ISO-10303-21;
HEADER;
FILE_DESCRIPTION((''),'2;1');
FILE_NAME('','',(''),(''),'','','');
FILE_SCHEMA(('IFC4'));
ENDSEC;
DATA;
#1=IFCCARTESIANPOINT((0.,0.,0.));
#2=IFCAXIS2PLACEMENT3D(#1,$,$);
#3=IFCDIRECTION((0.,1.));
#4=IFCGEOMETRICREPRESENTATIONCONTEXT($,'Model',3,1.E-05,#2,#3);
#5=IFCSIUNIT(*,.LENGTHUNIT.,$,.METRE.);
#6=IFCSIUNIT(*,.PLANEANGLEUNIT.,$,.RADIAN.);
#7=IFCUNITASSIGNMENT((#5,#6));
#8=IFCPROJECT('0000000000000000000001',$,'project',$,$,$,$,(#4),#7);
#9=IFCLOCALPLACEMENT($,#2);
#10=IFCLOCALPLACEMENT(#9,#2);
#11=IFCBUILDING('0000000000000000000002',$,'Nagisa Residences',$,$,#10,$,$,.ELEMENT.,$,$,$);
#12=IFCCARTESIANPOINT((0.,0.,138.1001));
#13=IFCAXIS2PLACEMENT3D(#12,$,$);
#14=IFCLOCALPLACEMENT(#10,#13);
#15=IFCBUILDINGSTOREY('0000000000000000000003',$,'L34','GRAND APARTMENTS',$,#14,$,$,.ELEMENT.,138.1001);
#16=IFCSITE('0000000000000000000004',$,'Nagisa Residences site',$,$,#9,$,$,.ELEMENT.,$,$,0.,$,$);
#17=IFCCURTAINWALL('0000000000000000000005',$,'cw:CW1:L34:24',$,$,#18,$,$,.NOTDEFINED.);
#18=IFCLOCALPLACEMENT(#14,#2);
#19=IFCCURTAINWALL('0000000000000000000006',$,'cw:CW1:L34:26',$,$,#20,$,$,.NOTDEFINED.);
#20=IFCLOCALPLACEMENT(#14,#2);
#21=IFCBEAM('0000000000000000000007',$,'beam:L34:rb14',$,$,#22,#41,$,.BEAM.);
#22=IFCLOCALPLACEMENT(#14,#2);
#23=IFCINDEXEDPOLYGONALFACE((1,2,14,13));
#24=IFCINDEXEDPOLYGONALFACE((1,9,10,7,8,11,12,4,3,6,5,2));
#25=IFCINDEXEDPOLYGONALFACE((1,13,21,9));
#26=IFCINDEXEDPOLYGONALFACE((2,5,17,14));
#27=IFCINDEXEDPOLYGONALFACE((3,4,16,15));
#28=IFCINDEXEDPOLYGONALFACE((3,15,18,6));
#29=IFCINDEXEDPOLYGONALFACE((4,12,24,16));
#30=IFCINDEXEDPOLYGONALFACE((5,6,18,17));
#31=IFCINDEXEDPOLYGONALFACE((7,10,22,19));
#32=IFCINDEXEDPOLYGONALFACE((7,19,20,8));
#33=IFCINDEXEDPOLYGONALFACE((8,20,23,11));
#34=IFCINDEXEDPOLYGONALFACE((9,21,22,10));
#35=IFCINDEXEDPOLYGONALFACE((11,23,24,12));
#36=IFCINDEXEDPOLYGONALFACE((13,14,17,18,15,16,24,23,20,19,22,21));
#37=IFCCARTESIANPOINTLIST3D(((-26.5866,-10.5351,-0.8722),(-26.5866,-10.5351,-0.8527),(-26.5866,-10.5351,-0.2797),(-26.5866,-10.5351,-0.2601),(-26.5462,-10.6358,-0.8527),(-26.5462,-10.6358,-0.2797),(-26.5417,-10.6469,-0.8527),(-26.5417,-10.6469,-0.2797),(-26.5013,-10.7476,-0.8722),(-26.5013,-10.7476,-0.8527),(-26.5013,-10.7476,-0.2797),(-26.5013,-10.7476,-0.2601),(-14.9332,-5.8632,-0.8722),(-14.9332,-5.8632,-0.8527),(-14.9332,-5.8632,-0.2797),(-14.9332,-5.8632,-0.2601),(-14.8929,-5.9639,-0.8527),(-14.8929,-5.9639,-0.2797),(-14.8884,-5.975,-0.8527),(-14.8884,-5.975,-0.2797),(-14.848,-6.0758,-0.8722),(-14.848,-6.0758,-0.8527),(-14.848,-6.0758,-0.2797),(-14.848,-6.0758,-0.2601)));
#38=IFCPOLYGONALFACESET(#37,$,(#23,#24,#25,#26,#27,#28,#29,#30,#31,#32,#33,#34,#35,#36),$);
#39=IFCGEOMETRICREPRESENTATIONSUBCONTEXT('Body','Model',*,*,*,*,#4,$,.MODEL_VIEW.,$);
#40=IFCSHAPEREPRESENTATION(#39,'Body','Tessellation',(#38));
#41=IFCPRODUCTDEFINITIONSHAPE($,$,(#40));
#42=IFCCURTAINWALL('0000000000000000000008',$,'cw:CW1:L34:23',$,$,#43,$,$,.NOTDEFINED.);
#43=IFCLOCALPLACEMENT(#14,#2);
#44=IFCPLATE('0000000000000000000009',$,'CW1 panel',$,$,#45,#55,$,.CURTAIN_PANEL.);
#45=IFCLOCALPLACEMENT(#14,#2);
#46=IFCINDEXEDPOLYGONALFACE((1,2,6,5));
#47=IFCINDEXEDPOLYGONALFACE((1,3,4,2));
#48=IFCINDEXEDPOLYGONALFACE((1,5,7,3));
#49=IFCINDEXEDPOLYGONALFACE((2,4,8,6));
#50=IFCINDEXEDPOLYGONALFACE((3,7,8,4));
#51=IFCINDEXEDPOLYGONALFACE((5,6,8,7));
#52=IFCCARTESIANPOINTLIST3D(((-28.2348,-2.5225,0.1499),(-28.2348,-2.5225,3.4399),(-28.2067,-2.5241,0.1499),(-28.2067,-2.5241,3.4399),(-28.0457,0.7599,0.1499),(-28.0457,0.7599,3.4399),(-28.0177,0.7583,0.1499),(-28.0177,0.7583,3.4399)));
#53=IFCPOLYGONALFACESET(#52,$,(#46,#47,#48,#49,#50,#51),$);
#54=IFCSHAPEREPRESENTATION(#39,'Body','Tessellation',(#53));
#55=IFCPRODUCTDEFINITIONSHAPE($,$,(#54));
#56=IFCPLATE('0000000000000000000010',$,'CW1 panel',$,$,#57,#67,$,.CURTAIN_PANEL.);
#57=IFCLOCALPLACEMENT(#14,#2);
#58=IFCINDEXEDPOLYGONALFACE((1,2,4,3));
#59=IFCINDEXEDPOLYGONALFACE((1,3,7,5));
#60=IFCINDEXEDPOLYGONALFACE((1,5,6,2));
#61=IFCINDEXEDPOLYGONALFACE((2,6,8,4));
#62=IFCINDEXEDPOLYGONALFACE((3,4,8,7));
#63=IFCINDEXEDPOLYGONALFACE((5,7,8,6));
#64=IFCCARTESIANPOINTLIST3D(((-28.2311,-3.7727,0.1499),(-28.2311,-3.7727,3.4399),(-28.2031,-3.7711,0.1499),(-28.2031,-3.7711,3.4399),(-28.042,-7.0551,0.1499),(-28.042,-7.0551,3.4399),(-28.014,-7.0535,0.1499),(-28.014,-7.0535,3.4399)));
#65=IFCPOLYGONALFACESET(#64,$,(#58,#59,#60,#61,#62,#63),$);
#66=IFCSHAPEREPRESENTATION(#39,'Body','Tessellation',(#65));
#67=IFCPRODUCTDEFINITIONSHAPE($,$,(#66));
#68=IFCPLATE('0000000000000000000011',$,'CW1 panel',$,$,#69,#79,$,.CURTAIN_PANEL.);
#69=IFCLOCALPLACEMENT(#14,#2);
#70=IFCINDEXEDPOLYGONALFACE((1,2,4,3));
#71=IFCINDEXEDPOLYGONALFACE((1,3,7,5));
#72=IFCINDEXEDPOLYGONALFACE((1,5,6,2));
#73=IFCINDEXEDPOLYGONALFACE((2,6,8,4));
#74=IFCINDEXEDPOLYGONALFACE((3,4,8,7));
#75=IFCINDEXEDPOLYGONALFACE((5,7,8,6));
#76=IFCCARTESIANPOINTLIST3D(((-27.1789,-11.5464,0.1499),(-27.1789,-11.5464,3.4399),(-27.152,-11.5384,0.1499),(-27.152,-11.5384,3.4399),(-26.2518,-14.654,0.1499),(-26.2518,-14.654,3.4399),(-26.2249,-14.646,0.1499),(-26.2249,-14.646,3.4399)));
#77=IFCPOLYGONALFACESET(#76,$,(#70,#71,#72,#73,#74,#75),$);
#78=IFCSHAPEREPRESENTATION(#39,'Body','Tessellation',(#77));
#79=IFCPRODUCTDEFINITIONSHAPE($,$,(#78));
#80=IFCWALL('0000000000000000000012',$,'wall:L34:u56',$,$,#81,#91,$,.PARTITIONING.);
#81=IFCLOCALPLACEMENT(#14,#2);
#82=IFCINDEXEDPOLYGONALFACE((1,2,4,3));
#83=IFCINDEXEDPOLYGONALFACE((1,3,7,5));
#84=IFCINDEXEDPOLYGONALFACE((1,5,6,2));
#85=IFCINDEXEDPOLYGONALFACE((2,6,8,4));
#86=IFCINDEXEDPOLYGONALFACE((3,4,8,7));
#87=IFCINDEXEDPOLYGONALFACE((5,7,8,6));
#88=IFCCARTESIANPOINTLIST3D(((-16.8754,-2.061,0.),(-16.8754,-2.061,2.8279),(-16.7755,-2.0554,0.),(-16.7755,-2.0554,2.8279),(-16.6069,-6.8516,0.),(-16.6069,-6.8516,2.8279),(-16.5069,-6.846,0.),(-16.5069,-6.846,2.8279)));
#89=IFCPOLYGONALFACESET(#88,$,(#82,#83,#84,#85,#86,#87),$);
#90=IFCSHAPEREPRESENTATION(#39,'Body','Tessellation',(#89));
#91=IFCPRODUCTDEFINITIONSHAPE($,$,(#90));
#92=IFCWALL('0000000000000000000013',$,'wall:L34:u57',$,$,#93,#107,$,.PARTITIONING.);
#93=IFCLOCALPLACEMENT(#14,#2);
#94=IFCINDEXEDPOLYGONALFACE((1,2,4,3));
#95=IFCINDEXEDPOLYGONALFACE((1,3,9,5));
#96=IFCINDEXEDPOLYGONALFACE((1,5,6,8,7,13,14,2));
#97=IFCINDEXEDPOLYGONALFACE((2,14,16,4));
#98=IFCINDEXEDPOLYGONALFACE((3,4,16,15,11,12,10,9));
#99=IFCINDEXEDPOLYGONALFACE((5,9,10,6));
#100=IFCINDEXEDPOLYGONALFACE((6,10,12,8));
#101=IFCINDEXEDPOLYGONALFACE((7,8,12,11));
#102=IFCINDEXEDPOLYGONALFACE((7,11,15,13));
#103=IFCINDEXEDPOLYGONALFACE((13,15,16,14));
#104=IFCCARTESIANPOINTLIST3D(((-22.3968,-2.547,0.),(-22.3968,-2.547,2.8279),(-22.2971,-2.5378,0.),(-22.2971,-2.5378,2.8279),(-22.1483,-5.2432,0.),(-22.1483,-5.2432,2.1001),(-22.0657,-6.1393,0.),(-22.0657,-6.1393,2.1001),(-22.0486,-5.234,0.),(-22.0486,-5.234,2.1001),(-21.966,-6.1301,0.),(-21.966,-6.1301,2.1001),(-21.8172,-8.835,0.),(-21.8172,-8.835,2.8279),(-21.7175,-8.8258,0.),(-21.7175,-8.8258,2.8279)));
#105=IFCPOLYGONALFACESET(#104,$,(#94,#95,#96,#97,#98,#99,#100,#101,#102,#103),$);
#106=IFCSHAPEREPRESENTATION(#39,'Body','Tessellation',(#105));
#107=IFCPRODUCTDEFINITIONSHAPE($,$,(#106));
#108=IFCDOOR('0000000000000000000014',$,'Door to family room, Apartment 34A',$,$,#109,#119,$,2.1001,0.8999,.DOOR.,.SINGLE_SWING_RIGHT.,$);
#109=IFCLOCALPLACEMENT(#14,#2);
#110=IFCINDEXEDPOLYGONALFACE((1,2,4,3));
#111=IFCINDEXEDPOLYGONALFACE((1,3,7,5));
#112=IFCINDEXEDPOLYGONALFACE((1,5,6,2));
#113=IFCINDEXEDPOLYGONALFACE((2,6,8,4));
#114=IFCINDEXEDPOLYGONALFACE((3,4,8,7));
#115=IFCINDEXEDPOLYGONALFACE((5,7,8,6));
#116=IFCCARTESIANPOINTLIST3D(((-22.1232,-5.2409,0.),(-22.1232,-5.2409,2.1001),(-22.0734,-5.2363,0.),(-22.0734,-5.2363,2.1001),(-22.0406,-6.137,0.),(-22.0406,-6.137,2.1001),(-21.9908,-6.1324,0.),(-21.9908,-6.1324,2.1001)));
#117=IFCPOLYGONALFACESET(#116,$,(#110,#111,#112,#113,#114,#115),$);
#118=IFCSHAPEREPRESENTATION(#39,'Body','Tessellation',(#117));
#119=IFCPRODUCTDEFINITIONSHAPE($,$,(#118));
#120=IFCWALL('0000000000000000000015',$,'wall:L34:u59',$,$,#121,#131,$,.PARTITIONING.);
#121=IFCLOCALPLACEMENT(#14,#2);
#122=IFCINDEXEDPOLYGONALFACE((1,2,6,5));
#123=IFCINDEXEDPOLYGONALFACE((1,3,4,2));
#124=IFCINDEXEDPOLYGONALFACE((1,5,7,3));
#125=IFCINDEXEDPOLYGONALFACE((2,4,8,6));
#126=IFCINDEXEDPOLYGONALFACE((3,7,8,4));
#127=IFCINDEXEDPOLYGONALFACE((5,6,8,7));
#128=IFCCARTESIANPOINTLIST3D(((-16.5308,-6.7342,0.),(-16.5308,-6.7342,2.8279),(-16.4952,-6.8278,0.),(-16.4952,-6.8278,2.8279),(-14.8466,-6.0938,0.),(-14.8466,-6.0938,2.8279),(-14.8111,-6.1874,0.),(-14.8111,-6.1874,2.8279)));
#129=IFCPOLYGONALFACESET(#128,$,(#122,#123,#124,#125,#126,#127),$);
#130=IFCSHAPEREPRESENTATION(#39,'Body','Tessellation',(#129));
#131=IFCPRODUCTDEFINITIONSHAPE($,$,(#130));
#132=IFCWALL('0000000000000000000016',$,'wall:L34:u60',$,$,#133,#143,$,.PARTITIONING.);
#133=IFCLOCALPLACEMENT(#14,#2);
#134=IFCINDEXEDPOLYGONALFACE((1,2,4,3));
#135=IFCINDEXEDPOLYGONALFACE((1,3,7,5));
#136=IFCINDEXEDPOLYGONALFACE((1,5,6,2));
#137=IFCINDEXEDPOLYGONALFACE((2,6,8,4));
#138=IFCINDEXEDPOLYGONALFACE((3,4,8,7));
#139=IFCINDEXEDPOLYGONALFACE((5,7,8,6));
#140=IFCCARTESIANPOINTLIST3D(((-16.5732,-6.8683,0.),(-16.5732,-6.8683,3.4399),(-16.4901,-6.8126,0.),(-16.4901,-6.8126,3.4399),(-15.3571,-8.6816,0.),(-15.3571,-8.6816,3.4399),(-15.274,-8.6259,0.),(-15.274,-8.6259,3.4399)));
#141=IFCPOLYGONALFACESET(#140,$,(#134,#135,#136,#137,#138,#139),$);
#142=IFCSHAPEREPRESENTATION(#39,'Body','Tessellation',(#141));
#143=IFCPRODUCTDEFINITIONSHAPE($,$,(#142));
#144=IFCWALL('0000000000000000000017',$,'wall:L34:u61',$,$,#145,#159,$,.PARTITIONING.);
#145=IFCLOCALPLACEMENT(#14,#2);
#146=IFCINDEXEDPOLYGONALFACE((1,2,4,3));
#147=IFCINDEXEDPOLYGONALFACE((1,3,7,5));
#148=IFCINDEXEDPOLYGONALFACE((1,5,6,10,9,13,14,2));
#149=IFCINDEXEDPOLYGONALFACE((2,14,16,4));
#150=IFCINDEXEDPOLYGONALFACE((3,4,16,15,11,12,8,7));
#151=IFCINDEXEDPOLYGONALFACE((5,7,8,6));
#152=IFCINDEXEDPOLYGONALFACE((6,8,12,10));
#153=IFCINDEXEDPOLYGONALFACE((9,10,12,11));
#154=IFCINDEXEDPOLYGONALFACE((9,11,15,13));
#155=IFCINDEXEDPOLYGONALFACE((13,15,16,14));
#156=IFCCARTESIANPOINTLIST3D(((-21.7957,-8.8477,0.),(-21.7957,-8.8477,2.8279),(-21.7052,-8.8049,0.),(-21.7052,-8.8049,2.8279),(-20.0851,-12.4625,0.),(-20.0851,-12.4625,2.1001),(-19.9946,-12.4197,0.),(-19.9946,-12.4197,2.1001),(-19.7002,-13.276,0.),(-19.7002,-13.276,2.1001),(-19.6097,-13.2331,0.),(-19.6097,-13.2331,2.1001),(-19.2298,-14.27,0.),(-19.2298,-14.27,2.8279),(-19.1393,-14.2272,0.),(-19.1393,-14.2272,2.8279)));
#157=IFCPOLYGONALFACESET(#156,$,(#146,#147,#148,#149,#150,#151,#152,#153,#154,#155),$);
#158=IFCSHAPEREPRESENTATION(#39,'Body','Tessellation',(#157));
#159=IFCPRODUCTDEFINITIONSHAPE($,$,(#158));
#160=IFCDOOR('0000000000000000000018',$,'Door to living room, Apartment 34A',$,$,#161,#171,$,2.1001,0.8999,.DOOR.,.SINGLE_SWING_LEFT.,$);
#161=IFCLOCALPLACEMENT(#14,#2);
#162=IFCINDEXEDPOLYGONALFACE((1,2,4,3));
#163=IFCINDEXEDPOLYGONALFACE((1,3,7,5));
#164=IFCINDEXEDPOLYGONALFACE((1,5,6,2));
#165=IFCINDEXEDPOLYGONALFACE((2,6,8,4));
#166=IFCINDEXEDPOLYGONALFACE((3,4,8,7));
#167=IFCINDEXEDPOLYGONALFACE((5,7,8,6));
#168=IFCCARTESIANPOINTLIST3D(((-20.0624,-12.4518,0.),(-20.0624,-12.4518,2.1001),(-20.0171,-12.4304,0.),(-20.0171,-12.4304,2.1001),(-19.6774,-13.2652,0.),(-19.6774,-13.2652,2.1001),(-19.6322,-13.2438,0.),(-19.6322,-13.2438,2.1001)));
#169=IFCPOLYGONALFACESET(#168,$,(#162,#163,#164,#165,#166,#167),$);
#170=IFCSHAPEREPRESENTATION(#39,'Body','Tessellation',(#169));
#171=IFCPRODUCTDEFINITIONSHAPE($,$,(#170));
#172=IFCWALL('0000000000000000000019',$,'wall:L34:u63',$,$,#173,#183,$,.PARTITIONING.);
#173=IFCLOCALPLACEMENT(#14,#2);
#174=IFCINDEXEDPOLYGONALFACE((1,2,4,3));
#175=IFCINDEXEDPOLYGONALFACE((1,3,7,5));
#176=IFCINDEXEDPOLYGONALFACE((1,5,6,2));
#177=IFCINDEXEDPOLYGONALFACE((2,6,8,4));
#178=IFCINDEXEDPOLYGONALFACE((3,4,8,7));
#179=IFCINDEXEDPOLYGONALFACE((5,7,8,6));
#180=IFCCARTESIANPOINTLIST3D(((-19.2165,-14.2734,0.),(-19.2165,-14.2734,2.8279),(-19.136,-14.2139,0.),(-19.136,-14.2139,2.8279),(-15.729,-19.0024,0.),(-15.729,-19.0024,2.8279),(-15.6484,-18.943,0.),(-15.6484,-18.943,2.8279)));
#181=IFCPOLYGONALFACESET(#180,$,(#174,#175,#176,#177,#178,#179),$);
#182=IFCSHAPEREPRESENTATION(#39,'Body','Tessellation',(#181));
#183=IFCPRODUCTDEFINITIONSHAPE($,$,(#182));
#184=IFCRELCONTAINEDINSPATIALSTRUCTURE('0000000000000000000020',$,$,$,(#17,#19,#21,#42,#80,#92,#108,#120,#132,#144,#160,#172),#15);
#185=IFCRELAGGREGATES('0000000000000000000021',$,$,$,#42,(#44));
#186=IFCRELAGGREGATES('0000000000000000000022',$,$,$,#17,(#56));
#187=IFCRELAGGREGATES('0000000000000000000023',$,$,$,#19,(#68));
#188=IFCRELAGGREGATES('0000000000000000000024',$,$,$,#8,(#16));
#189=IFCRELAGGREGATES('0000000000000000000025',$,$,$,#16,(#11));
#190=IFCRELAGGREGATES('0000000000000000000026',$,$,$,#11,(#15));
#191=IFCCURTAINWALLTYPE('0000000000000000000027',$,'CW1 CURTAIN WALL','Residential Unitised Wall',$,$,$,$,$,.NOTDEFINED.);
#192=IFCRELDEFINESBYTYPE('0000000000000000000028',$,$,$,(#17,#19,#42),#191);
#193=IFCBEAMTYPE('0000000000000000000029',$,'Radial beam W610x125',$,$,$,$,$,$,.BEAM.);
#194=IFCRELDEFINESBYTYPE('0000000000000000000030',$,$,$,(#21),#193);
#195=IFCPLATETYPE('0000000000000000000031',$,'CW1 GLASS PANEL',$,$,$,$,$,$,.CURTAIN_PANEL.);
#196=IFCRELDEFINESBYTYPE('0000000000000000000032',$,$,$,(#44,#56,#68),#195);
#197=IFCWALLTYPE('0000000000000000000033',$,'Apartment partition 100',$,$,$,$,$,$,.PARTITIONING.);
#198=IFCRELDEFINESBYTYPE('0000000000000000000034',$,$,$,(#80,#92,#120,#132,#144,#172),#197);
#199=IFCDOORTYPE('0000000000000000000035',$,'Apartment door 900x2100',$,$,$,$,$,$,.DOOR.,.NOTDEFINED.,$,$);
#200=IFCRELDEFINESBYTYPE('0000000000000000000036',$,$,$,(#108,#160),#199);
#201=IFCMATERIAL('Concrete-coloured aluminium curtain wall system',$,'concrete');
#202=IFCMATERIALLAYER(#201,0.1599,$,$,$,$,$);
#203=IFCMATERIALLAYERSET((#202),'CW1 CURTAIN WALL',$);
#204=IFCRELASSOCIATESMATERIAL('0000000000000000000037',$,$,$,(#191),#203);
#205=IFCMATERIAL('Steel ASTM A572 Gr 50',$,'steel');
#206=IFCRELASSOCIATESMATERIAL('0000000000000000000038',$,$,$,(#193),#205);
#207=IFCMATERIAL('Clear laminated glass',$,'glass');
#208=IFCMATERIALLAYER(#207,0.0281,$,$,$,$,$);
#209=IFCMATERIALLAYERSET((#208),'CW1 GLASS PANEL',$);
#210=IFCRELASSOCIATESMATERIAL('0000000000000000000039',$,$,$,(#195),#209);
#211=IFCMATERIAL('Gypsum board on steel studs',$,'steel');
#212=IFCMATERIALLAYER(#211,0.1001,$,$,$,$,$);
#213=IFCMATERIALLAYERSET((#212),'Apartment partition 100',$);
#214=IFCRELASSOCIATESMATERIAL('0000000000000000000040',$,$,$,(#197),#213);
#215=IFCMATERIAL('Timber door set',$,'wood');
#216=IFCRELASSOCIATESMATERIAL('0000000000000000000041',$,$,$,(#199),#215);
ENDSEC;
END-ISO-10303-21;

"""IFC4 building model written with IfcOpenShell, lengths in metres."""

from ifc_helpers import new_model, si_unit, direction, frame, frame_2d, origin, origin_2d, place, context, subcontext, project, spatial, rectangle, i_section, extrude, material, layer, layer_set, material_profile, profile_set, type_object, element, fill, aggregate, save


model = new_model("IFC4")

# Units and contexts
model_context = context("Model", 3, precision=1e-05, world=origin(), true_north=direction((0.0, 1.0)))
body_context = subcontext(model_context, "Body", "Model", "MODEL_VIEW")
ifc_project = project(units=[si_unit("LENGTHUNIT", "METRE"), si_unit("PLANEANGLEUNIT", "RADIAN")], contexts=[model_context])

# Site, building, storey
site_placement = place(None, origin())
site = spatial("IfcSite", under=ifc_project, at=site_placement, Name="Nagisa Residences site", CompositionType="ELEMENT", RefElevation=0.0)
building_placement = place(site_placement, origin())
building = spatial("IfcBuilding", under=site, at=building_placement, Name="Nagisa Residences", CompositionType="ELEMENT")
storey_placement = place(building_placement, frame((0.0, 0.0, 138.1001)))
storey = spatial("IfcBuildingStorey", under=building, at=storey_placement, Name="L34", Description="GRAND APARTMENTS", CompositionType="ELEMENT", Elevation=138.1001)

# Curtain walls
ifc_material_1 = material(Name="Concrete-coloured aluminium curtain wall system", Category="concrete")
ifc_layer_1 = layer(ifc_material_1, 0.1599)
ifc_layer_set_1 = layer_set([ifc_layer_1], Name="CW1 CURTAIN WALL")
curtain_wall_type = type_object("IfcCurtainWallType", Name="CW1 CURTAIN WALL", Description="Residential Unitised Wall", PredefinedType="NOTDEFINED", material=ifc_layer_set_1)
curtain_wall_1_placement = place(storey_placement, origin())
curtain_wall_1 = element("IfcCurtainWall", 1, at=curtain_wall_1_placement, inside=storey, type_object=curtain_wall_type, Name="cw:CW1:L34:24", PredefinedType="NOTDEFINED")
curtain_wall_2_placement = place(storey_placement, origin())
curtain_wall_2 = element("IfcCurtainWall", 2, at=curtain_wall_2_placement, inside=storey, type_object=curtain_wall_type, Name="cw:CW1:L34:26", PredefinedType="NOTDEFINED")

# Beam
ifc_material_2 = material(Name="Steel ASTM A572 Gr 50", Category="steel")
ifc_material_profile_1 = material_profile(ifc_material_2, i_section(OverallWidth=0.229, OverallDepth=0.6121, WebThickness=0.012, FlangeThickness=0.0195, at=origin_2d()), Name="W610x125")
ifc_profile_set_1 = profile_set([ifc_material_profile_1], Name="Steel ASTM A572 Gr 50")
beam_type_1 = type_object("IfcBeamType", Name="Radial beam W610x125", PredefinedType="BEAM", material=ifc_profile_set_1)
beam_1_placement = place(storey_placement, frame((-26.5439, -10.6414, -0.5662), z_axis=(0.928187, 0.372115, 0.0), x_axis=(-0.372115, 0.928187, 0.0)))
element("IfcBeam", 3, at=beam_1_placement, inside=storey, type_object=beam_type_1, Name="beam:L34:rb14", PredefinedType="BEAM", context=body_context, shape_type="SweptSolid", body=[
    extrude(i_section(OverallWidth=0.229, OverallDepth=0.6121, WebThickness=0.012, FlangeThickness=0.0195, at=origin_2d()), origin(), (0.0, 0.0, 1.0), 12.5549),
])

# Curtain wall, plate
curtain_wall_3_placement = place(storey_placement, origin())
curtain_wall_3 = element("IfcCurtainWall", 4, at=curtain_wall_3_placement, inside=storey, type_object=curtain_wall_type, Name="cw:CW1:L34:23", PredefinedType="NOTDEFINED")
ifc_material_3 = material(Name="Clear laminated glass", Category="glass")
ifc_layer_2 = layer(ifc_material_3, 0.0281)
ifc_layer_set_2 = layer_set([ifc_layer_2], Name="CW1 GLASS PANEL")
plate_type = type_object("IfcPlateType", Name="CW1 GLASS PANEL", PredefinedType="CURTAIN_PANEL", material=ifc_layer_set_2)
plate_1_placement = place(storey_placement, frame((-28.1262, -0.8821, 0.1499), z_axis=(0.0, 0.0, 1.0), x_axis=(-0.057503, -0.998345, 0.0)))
plate_1 = element("IfcPlate", 5, at=plate_1_placement, type_object=plate_type, Name="CW1 panel", PredefinedType="CURTAIN_PANEL", context=body_context, shape_type="SweptSolid", body=[
    extrude(rectangle(XDim=3.2878, YDim=0.0281, at=origin_2d()), origin(), (0.0, 0.0, 1.0), 3.29),
])
aggregate(curtain_wall_3, [plate_1])

# Plates
plate_2_placement = place(storey_placement, frame((-28.1226, -5.4131, 0.1499), z_axis=(0.0, 0.0, 1.0), x_axis=(0.057503, -0.998345, 0.0)))
plate_2 = element("IfcPlate", 6, at=plate_2_placement, type_object=plate_type, Name="CW1 panel", PredefinedType="CURTAIN_PANEL", context=body_context, shape_type="SweptSolid", body=[
    extrude(rectangle(XDim=3.2878, YDim=0.0281, at=origin_2d()), origin(), (0.0, 0.0, 1.0), 3.29),
])
aggregate(curtain_wall_1, [plate_2])
plate_3_placement = place(storey_placement, frame((-26.7019, -13.0962, 0.1499), z_axis=(0.0, 0.0, 1.0), x_axis=(0.28586, -0.958271, 0.0)))
plate_3 = element("IfcPlate", 7, at=plate_3_placement, type_object=plate_type, Name="CW1 panel", PredefinedType="CURTAIN_PANEL", context=body_context, shape_type="SweptSolid", body=[
    extrude(rectangle(XDim=3.2429, YDim=0.0281, at=origin_2d()), origin(), (0.0, 0.0, 1.0), 3.29),
])
aggregate(curtain_wall_2, [plate_3])

# Wall
ifc_material_4 = material(Name="Gypsum board on steel studs", Category="steel")
ifc_layer_3 = layer(ifc_material_4, 0.1001)
ifc_layer_set_3 = layer_set([ifc_layer_3], Name="Apartment partition 100")
wall_type_1 = type_object("IfcWallType", Name="Apartment partition 100", PredefinedType="PARTITIONING", material=ifc_layer_set_3)
wall_1_placement = place(storey_placement, frame((-16.8254, -2.0583, 0.0), z_axis=(0.0, 0.0, 1.0), x_axis=(0.055972, -0.998432, 0.0)))
element("IfcWall", 8, at=wall_1_placement, inside=storey, type_object=wall_type_1, Name="wall:L34:u56", PredefinedType="PARTITIONING", context=body_context, shape_type="SweptSolid", body=[
    extrude(rectangle(XDim=4.7981, YDim=0.1001, at=frame_2d((2.3989, 0.0))), origin(), (0.0, 0.0, 1.0), 2.8279),
])

# Wall, opening, door
wall_2_placement = place(storey_placement, frame((-22.3469, -2.5425, 0.0), z_axis=(0.0, 0.0, 1.0), x_axis=(0.091784, -0.995779, 0.0)))
wall_2 = element("IfcWall", 9, at=wall_2_placement, inside=storey, type_object=wall_type_1, Name="wall:L34:u57", PredefinedType="PARTITIONING", context=body_context, shape_type="SweptSolid", body=[
    extrude(rectangle(XDim=6.3147, YDim=0.1001, at=frame_2d((3.1572, 0.0))), origin(), (0.0, 0.0, 1.0), 2.8279),
])
opening_1_placement = place(wall_2_placement, frame((2.7075, 0.0, 0.0)))
opening_1 = element("IfcOpeningElement", 10, at=opening_1_placement, cuts=wall_2, PredefinedType="OPENING", context=body_context, shape_type="SweptSolid", body=[
    extrude(rectangle(XDim=0.8999, YDim=2.1001, at=frame_2d((0.45, 1.05))), frame((0.0, 0.0601, 0.0), z_axis=(0.0, -1.0, 0.0), x_axis=(1.0, 0.0, 0.0)), (0.0, 0.0, 1.0), 0.1201),
])
ifc_material_5 = material(Name="Timber door set", Category="wood")
door_type_1 = type_object("IfcDoorType", Name="Apartment door 900x2100", OperationType="NOTDEFINED", PredefinedType="DOOR", material=ifc_material_5)
door_1_placement = place(opening_1_placement, frame((0.8999, 0.0, 0.0), x_axis=(-1.0, 0.0, 0.0)))
door_1 = element("IfcDoor", 11, at=door_1_placement, inside=storey, type_object=door_type_1, Name="Door to family room, Apartment 34A", OperationType="SINGLE_SWING_RIGHT", OverallHeight=2.1001, OverallWidth=0.8999, PredefinedType="DOOR", context=body_context, shape_type="SweptSolid", body=[
    extrude(rectangle(XDim=0.8999, YDim=2.1001, at=frame_2d((0.45, 1.05))), frame((0.0, 0.0249, 0.0), z_axis=(0.0, -1.0, 0.0), x_axis=(1.0, 0.0, 0.0)), (0.0, 0.0, 1.0), 0.05),
])
fill(opening_1, door_1)

# Walls
wall_3_placement = place(storey_placement, frame((-14.8289, -6.1406, 0.0), z_axis=(0.0, 0.0, 1.0), x_axis=(-0.934704, -0.355426, 0.0)))
element("IfcWall", 12, at=wall_3_placement, inside=storey, type_object=wall_type_1, Name="wall:L34:u59", PredefinedType="PARTITIONING", context=body_context, shape_type="SweptSolid", body=[
    extrude(rectangle(XDim=1.8018, YDim=0.1001, at=frame_2d((0.9009, 0.0))), origin(), (0.0, 0.0, 1.0), 2.8279),
])
wall_4_placement = place(storey_placement, frame((-16.5317, -6.8403, 0.0), z_axis=(0.0, 0.0, 1.0), x_axis=(0.556995, -0.830516, 0.0)))
element("IfcWall", 13, at=wall_4_placement, inside=storey, type_object=wall_type_1, Name="wall:L34:u60", PredefinedType="PARTITIONING", context=body_context, shape_type="SweptSolid", body=[
    extrude(rectangle(XDim=2.1833, YDim=0.1001, at=frame_2d((1.0918, 0.0))), origin(), (0.0, 0.0, 1.0), 3.4399),
])

# Wall, opening, door
wall_5_placement = place(storey_placement, frame((-21.7505, -8.8262, 0.0), z_axis=(0.0, 0.0, 1.0), x_axis=(0.427736, -0.903904, 0.0)))
wall_5 = element("IfcWall", 14, at=wall_5_placement, inside=storey, type_object=wall_type_1, Name="wall:L34:u61", PredefinedType="PARTITIONING", context=body_context, shape_type="SweptSolid", body=[
    extrude(rectangle(XDim=5.9988, YDim=0.1001, at=frame_2d((2.9995, 0.0))), origin(), (0.0, 0.0, 1.0), 2.8279),
])
opening_2_placement = place(wall_5_placement, frame((3.9993, 0.0, 0.0)))
opening_2 = element("IfcOpeningElement", 15, at=opening_2_placement, cuts=wall_5, PredefinedType="OPENING", context=body_context, shape_type="SweptSolid", body=[
    extrude(rectangle(XDim=0.8999, YDim=2.1001, at=frame_2d((0.45, 1.05))), frame((0.0, 0.0601, 0.0), z_axis=(0.0, -1.0, 0.0), x_axis=(1.0, 0.0, 0.0)), (0.0, 0.0, 1.0), 0.1201),
])
door_2_placement = place(opening_2_placement, frame((0.8999, 0.0, 0.0), x_axis=(-1.0, 0.0, 0.0)))
door_2 = element("IfcDoor", 16, at=door_2_placement, inside=storey, type_object=door_type_1, Name="Door to living room, Apartment 34A", OperationType="SINGLE_SWING_LEFT", OverallHeight=2.1001, OverallWidth=0.8999, PredefinedType="DOOR", context=body_context, shape_type="SweptSolid", body=[
    extrude(rectangle(XDim=0.8999, YDim=2.1001, at=frame_2d((0.45, 1.05))), frame((0.0, 0.0249, 0.0), z_axis=(0.0, -1.0, 0.0), x_axis=(1.0, 0.0, 0.0)), (0.0, 0.0, 1.0), 0.05),
])
fill(opening_2, door_2)

# Wall
wall_6_placement = place(storey_placement, frame((-19.1763, -14.2437, 0.0), z_axis=(0.0, 0.0, 1.0), x_axis=(0.593532, -0.80481, 0.0)))
element("IfcWall", 17, at=wall_6_placement, inside=storey, type_object=wall_type_1, Name="wall:L34:u63", PredefinedType="PARTITIONING", context=body_context, shape_type="SweptSolid", body=[
    extrude(rectangle(XDim=5.876, YDim=0.1001, at=frame_2d((2.938, 0.0))), origin(), (0.0, 0.0, 1.0), 2.8279),
])

save(model, "model.ifc")
